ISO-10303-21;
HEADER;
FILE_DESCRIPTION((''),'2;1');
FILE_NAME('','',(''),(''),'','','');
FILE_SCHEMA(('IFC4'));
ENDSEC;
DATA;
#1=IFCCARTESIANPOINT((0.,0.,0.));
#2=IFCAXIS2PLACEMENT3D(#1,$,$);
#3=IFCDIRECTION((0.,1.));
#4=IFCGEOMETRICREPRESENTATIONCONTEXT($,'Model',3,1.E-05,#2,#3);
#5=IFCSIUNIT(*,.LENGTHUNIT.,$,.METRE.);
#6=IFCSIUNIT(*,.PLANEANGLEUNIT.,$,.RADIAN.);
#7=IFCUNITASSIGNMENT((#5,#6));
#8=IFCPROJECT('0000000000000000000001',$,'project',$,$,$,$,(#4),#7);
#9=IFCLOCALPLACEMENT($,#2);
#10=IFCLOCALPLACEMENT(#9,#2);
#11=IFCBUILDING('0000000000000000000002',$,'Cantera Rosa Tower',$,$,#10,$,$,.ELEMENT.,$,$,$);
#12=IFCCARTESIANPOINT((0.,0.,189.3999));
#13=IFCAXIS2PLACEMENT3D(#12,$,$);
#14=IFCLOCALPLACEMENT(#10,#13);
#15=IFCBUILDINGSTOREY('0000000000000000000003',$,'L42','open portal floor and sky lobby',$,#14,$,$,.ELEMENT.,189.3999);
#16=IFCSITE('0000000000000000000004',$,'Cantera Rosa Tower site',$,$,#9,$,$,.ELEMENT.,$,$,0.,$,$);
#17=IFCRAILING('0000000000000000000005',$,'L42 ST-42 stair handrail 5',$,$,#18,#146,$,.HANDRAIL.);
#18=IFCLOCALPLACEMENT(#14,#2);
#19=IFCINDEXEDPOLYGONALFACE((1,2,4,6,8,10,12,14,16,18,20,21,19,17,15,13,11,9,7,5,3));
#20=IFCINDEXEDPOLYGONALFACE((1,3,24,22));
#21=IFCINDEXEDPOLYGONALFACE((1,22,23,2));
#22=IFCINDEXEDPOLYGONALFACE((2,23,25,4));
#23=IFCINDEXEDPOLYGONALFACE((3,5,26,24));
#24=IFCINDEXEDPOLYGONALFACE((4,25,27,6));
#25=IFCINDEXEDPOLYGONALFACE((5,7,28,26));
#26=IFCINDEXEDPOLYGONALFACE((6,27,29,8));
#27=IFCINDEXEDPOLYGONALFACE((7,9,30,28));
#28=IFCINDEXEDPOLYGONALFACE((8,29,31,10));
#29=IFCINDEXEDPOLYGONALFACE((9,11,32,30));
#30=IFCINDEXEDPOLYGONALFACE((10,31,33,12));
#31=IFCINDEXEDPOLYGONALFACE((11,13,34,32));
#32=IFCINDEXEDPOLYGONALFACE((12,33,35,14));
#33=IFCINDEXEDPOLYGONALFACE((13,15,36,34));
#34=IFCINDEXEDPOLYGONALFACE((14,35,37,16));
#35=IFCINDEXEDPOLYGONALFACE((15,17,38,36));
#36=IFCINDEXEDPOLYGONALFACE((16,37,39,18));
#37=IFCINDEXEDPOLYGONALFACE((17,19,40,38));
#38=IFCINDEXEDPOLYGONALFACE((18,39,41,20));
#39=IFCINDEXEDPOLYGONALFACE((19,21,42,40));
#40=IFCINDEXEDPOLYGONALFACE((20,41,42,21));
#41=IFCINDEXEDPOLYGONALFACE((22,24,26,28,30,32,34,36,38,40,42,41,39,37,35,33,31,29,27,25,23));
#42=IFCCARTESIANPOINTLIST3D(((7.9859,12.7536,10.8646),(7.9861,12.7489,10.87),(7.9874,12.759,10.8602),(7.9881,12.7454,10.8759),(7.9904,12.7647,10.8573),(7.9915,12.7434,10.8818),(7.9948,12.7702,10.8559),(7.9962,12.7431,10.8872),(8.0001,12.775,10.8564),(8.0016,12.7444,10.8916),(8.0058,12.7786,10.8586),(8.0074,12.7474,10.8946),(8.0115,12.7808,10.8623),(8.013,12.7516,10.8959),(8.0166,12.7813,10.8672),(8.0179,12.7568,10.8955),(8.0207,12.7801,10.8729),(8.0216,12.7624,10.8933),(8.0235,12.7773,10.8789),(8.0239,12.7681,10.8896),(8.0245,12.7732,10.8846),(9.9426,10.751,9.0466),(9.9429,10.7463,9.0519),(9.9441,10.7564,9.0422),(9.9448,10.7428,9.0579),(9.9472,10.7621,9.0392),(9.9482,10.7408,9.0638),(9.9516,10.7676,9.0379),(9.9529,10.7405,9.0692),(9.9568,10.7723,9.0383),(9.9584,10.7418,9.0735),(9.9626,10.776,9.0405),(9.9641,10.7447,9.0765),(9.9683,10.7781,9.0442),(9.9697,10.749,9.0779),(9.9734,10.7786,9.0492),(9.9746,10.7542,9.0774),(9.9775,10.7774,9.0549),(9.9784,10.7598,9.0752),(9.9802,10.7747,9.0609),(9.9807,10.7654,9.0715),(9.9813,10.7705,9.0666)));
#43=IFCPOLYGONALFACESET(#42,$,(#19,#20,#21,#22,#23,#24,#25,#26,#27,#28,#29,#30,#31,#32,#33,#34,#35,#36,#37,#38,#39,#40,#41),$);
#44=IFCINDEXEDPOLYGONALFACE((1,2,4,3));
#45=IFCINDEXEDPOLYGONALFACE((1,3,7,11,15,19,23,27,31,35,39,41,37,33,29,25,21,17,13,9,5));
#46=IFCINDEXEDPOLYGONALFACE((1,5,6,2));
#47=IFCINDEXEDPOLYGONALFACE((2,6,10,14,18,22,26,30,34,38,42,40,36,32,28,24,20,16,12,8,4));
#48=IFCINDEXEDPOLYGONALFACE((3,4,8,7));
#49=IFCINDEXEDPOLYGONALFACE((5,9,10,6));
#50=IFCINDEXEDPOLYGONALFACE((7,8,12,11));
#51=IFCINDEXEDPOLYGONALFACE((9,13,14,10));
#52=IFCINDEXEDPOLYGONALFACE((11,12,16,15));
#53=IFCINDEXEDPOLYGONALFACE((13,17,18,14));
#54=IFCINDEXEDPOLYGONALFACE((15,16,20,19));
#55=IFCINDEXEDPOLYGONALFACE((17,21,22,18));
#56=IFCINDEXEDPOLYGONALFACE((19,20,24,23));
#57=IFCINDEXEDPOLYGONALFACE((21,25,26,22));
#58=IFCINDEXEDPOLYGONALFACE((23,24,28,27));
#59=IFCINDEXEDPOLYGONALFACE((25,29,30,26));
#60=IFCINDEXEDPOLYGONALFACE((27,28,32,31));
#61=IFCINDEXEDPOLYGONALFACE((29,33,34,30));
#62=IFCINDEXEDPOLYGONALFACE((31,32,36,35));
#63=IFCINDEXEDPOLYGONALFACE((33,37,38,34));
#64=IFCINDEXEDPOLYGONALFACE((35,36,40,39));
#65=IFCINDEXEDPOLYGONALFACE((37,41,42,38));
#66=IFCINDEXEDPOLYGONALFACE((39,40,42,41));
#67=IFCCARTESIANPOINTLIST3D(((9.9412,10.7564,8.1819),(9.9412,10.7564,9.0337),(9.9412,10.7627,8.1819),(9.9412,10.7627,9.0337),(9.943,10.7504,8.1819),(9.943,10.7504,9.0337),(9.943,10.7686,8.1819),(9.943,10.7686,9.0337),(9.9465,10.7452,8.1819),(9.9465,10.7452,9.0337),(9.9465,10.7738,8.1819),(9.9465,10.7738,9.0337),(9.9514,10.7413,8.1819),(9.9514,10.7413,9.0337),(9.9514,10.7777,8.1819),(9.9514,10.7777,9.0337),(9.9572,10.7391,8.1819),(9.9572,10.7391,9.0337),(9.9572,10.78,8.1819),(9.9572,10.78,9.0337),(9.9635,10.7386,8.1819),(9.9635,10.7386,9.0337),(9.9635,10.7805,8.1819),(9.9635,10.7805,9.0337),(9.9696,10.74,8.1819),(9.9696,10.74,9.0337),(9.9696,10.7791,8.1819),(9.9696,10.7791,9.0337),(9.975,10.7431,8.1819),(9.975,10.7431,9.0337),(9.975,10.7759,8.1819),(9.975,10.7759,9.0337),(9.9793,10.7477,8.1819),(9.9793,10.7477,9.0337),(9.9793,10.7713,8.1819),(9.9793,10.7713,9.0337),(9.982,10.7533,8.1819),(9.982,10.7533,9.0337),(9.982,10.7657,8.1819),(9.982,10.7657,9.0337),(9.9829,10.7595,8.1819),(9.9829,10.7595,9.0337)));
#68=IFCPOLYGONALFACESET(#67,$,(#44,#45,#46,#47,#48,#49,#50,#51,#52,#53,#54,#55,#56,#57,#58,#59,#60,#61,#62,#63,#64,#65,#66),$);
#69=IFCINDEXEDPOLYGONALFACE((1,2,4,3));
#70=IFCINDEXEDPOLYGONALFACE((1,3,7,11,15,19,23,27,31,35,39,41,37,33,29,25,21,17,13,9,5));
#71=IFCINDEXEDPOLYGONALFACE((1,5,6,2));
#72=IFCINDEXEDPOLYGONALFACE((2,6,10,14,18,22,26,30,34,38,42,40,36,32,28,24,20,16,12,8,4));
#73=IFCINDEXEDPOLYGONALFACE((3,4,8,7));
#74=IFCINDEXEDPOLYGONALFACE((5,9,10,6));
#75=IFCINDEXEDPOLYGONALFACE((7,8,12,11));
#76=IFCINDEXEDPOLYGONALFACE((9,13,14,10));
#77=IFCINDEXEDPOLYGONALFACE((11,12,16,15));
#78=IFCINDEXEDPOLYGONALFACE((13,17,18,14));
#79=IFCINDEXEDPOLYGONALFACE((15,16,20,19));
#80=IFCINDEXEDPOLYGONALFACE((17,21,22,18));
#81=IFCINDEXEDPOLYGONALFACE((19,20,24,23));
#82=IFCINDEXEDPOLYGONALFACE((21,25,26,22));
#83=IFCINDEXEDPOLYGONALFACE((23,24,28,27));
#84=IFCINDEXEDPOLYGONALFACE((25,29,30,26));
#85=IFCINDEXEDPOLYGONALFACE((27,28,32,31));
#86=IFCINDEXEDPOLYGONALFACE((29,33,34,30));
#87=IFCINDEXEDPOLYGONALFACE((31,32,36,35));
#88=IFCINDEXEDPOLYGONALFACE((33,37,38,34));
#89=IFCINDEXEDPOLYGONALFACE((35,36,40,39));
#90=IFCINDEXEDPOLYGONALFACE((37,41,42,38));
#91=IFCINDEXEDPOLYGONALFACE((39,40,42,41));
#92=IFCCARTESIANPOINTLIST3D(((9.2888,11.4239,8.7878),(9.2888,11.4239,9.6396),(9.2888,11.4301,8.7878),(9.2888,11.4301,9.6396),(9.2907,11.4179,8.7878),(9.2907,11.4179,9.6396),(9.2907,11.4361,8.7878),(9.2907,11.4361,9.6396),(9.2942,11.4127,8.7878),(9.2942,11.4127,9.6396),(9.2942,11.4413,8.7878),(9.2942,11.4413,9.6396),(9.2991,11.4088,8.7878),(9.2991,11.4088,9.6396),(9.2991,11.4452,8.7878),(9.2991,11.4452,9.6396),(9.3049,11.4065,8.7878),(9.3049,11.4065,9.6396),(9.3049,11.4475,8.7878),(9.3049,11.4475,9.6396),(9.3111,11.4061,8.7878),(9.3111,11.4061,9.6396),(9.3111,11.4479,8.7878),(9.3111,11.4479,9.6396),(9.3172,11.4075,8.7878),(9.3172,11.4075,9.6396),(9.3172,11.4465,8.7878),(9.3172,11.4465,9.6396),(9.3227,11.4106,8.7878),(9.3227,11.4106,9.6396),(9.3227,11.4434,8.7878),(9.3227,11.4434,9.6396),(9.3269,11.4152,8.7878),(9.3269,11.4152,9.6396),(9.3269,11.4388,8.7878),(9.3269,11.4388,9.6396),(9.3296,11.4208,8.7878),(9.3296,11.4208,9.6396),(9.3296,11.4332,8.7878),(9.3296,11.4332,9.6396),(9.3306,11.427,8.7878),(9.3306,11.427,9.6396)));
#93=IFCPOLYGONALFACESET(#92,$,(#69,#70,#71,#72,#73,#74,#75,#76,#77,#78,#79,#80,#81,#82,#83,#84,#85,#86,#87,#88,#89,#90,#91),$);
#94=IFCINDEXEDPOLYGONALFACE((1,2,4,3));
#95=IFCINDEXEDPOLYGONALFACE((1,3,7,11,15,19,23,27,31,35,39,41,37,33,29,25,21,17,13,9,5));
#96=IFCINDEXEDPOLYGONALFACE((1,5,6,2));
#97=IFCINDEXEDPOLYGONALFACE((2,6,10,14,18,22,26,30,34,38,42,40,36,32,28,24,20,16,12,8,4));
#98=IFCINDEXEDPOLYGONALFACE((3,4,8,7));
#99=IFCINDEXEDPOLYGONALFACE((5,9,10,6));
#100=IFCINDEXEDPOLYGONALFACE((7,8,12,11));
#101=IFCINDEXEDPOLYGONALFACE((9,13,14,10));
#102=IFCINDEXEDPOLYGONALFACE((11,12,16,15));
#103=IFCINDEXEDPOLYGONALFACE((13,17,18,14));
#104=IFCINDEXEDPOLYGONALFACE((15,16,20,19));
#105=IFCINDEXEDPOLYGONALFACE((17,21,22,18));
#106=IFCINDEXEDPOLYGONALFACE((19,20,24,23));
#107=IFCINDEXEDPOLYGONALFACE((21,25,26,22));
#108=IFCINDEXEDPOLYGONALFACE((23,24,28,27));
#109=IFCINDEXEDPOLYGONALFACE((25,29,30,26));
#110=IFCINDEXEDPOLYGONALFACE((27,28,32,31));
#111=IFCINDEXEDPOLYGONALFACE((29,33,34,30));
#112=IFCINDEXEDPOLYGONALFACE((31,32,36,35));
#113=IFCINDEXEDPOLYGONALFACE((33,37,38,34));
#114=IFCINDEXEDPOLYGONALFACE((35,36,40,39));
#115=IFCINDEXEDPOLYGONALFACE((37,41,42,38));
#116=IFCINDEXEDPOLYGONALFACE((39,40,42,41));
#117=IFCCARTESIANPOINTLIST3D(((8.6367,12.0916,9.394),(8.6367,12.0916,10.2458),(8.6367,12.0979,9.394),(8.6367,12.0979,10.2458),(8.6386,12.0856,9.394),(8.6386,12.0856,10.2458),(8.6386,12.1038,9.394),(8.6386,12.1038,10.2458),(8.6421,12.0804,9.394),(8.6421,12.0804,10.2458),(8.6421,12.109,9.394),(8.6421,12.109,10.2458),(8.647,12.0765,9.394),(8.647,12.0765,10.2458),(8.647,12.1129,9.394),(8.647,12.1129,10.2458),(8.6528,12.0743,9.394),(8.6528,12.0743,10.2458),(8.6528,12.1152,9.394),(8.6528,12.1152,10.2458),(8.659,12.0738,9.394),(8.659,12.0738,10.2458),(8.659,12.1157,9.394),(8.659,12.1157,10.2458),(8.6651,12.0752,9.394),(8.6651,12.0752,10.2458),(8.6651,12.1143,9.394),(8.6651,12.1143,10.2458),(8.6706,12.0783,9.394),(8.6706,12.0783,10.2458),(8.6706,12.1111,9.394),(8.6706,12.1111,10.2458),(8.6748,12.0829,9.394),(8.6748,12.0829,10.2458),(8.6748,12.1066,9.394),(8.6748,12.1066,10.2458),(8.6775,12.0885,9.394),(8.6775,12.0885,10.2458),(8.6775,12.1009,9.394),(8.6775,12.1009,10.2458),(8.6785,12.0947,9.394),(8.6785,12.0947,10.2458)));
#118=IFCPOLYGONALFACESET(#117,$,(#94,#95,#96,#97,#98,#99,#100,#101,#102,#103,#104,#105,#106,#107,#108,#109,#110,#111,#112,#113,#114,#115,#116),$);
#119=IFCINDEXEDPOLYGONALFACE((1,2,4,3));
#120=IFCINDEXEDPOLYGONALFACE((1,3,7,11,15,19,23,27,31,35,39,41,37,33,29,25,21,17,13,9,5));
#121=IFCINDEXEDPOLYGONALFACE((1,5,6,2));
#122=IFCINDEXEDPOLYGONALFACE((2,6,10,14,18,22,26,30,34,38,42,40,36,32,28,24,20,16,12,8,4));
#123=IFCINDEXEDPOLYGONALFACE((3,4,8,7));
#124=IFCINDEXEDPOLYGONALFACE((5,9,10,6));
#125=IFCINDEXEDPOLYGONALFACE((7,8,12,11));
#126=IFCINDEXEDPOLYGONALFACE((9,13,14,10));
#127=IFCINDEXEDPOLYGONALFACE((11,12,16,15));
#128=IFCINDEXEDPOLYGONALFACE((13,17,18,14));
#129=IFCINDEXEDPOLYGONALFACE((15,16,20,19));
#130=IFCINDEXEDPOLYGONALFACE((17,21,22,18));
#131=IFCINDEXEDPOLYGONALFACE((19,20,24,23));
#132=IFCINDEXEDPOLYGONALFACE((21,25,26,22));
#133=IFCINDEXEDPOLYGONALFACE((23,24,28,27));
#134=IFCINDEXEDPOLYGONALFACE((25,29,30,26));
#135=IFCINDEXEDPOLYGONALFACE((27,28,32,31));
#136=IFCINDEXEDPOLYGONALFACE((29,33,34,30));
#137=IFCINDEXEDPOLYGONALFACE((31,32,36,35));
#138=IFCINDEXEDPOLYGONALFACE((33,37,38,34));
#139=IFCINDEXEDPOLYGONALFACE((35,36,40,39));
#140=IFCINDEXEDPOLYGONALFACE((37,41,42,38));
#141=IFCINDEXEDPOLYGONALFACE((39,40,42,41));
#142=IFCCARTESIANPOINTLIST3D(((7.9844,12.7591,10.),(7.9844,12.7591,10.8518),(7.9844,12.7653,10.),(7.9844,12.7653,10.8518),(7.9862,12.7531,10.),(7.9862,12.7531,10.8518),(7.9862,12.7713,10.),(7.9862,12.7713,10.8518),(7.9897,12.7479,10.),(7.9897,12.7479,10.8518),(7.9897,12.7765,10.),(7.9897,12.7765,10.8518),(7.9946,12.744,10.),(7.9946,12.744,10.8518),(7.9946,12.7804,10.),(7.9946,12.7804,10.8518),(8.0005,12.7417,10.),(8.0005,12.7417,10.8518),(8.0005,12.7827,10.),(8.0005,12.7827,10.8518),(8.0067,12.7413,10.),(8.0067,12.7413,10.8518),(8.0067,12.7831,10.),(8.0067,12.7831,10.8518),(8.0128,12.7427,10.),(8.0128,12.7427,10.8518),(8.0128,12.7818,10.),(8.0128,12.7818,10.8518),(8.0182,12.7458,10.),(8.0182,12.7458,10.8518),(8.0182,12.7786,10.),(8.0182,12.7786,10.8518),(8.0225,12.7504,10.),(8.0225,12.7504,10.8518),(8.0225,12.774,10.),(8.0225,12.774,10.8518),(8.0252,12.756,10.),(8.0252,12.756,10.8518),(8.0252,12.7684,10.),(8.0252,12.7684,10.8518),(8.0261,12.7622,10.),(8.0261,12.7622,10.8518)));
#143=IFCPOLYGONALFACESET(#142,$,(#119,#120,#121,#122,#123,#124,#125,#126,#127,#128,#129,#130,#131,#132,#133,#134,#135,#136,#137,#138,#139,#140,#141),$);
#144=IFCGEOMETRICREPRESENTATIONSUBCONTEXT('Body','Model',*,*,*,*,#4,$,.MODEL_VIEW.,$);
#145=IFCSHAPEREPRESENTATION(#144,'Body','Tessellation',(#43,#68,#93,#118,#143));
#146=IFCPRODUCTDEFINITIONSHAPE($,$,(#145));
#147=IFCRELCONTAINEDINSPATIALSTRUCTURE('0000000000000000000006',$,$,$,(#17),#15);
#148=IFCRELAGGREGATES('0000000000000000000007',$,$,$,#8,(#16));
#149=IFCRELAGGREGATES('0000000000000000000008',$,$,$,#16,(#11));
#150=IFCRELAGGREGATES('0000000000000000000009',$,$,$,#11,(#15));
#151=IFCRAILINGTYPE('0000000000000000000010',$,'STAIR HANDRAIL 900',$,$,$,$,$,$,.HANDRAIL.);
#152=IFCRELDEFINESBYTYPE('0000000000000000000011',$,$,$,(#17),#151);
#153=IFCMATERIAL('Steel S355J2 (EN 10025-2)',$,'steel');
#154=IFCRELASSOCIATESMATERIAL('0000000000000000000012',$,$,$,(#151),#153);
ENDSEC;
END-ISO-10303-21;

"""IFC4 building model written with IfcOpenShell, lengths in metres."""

from ifc_helpers import new_model, si_unit, direction, frame, origin, origin_2d, place, context, subcontext, project, spatial, circle, extrude, material, type_object, element, save


model = new_model("IFC4")

# Units and contexts
model_context = context("Model", 3, precision=1e-05, world=origin(), true_north=direction((0.0, 1.0)))
body_context = subcontext(model_context, "Body", "Model", "MODEL_VIEW")
ifc_project = project(units=[si_unit("LENGTHUNIT", "METRE"), si_unit("PLANEANGLEUNIT", "RADIAN")], contexts=[model_context])

# Site, building, storey
site_placement = place(None, origin())
site = spatial("IfcSite", under=ifc_project, at=site_placement, Name="Cantera Rosa Tower site", CompositionType="ELEMENT", RefElevation=0.0)
building_placement = place(site_placement, origin())
building = spatial("IfcBuilding", under=site, at=building_placement, Name="Cantera Rosa Tower", CompositionType="ELEMENT")
storey_placement = place(building_placement, frame((0.0, 0.0, 189.3999)))
storey = spatial("IfcBuildingStorey", under=building, at=storey_placement, Name="L42", Description="open portal floor and sky lobby", CompositionType="ELEMENT", Elevation=189.3999)

# Railing
ifc_material_1 = material(Name="Steel S355J2 (EN 10025-2)", Category="steel")
railing_type_1 = type_object("IfcRailingType", Name="STAIR HANDRAIL 900", PredefinedType="HANDRAIL", material=ifc_material_1)
for number, where, name in (
    (1, (9.9619, 10.7595, 8.1819), "L42 ST-42 stair handrail 5"),
):
    element("IfcRailing", number, at=place(storey_placement, frame(where)), inside=storey, type_object=railing_type_1, Name=name, PredefinedType="HANDRAIL", context=body_context, shape_type="SweptSolid", body=[
        extrude(circle(Radius=0.0239, at=origin_2d()), frame((0.0, 0.0, 0.876), z_axis=(-0.586135, 0.599883, 0.544597), x_axis=(-0.715256, -0.698863, 0.0)), (0.0, 0.0, 1.0), 3.3384),
        extrude(circle(Radius=0.021, at=origin_2d()), origin(), (0.0, 0.0, 1.0), 0.8518),
        extrude(circle(Radius=0.021, at=origin_2d()), frame((-0.6523, 0.6675, 0.606)), (0.0, 0.0, 1.0), 0.8518),
        extrude(circle(Radius=0.021, at=origin_2d()), frame((-1.3044, 1.3352, 1.2122)), (0.0, 0.0, 1.0), 0.8518),
        extrude(circle(Radius=0.021, at=origin_2d()), frame((-1.9568, 2.0027, 1.8181)), (0.0, 0.0, 1.0), 0.8518),
    ])

save(model, "model.ifc")
